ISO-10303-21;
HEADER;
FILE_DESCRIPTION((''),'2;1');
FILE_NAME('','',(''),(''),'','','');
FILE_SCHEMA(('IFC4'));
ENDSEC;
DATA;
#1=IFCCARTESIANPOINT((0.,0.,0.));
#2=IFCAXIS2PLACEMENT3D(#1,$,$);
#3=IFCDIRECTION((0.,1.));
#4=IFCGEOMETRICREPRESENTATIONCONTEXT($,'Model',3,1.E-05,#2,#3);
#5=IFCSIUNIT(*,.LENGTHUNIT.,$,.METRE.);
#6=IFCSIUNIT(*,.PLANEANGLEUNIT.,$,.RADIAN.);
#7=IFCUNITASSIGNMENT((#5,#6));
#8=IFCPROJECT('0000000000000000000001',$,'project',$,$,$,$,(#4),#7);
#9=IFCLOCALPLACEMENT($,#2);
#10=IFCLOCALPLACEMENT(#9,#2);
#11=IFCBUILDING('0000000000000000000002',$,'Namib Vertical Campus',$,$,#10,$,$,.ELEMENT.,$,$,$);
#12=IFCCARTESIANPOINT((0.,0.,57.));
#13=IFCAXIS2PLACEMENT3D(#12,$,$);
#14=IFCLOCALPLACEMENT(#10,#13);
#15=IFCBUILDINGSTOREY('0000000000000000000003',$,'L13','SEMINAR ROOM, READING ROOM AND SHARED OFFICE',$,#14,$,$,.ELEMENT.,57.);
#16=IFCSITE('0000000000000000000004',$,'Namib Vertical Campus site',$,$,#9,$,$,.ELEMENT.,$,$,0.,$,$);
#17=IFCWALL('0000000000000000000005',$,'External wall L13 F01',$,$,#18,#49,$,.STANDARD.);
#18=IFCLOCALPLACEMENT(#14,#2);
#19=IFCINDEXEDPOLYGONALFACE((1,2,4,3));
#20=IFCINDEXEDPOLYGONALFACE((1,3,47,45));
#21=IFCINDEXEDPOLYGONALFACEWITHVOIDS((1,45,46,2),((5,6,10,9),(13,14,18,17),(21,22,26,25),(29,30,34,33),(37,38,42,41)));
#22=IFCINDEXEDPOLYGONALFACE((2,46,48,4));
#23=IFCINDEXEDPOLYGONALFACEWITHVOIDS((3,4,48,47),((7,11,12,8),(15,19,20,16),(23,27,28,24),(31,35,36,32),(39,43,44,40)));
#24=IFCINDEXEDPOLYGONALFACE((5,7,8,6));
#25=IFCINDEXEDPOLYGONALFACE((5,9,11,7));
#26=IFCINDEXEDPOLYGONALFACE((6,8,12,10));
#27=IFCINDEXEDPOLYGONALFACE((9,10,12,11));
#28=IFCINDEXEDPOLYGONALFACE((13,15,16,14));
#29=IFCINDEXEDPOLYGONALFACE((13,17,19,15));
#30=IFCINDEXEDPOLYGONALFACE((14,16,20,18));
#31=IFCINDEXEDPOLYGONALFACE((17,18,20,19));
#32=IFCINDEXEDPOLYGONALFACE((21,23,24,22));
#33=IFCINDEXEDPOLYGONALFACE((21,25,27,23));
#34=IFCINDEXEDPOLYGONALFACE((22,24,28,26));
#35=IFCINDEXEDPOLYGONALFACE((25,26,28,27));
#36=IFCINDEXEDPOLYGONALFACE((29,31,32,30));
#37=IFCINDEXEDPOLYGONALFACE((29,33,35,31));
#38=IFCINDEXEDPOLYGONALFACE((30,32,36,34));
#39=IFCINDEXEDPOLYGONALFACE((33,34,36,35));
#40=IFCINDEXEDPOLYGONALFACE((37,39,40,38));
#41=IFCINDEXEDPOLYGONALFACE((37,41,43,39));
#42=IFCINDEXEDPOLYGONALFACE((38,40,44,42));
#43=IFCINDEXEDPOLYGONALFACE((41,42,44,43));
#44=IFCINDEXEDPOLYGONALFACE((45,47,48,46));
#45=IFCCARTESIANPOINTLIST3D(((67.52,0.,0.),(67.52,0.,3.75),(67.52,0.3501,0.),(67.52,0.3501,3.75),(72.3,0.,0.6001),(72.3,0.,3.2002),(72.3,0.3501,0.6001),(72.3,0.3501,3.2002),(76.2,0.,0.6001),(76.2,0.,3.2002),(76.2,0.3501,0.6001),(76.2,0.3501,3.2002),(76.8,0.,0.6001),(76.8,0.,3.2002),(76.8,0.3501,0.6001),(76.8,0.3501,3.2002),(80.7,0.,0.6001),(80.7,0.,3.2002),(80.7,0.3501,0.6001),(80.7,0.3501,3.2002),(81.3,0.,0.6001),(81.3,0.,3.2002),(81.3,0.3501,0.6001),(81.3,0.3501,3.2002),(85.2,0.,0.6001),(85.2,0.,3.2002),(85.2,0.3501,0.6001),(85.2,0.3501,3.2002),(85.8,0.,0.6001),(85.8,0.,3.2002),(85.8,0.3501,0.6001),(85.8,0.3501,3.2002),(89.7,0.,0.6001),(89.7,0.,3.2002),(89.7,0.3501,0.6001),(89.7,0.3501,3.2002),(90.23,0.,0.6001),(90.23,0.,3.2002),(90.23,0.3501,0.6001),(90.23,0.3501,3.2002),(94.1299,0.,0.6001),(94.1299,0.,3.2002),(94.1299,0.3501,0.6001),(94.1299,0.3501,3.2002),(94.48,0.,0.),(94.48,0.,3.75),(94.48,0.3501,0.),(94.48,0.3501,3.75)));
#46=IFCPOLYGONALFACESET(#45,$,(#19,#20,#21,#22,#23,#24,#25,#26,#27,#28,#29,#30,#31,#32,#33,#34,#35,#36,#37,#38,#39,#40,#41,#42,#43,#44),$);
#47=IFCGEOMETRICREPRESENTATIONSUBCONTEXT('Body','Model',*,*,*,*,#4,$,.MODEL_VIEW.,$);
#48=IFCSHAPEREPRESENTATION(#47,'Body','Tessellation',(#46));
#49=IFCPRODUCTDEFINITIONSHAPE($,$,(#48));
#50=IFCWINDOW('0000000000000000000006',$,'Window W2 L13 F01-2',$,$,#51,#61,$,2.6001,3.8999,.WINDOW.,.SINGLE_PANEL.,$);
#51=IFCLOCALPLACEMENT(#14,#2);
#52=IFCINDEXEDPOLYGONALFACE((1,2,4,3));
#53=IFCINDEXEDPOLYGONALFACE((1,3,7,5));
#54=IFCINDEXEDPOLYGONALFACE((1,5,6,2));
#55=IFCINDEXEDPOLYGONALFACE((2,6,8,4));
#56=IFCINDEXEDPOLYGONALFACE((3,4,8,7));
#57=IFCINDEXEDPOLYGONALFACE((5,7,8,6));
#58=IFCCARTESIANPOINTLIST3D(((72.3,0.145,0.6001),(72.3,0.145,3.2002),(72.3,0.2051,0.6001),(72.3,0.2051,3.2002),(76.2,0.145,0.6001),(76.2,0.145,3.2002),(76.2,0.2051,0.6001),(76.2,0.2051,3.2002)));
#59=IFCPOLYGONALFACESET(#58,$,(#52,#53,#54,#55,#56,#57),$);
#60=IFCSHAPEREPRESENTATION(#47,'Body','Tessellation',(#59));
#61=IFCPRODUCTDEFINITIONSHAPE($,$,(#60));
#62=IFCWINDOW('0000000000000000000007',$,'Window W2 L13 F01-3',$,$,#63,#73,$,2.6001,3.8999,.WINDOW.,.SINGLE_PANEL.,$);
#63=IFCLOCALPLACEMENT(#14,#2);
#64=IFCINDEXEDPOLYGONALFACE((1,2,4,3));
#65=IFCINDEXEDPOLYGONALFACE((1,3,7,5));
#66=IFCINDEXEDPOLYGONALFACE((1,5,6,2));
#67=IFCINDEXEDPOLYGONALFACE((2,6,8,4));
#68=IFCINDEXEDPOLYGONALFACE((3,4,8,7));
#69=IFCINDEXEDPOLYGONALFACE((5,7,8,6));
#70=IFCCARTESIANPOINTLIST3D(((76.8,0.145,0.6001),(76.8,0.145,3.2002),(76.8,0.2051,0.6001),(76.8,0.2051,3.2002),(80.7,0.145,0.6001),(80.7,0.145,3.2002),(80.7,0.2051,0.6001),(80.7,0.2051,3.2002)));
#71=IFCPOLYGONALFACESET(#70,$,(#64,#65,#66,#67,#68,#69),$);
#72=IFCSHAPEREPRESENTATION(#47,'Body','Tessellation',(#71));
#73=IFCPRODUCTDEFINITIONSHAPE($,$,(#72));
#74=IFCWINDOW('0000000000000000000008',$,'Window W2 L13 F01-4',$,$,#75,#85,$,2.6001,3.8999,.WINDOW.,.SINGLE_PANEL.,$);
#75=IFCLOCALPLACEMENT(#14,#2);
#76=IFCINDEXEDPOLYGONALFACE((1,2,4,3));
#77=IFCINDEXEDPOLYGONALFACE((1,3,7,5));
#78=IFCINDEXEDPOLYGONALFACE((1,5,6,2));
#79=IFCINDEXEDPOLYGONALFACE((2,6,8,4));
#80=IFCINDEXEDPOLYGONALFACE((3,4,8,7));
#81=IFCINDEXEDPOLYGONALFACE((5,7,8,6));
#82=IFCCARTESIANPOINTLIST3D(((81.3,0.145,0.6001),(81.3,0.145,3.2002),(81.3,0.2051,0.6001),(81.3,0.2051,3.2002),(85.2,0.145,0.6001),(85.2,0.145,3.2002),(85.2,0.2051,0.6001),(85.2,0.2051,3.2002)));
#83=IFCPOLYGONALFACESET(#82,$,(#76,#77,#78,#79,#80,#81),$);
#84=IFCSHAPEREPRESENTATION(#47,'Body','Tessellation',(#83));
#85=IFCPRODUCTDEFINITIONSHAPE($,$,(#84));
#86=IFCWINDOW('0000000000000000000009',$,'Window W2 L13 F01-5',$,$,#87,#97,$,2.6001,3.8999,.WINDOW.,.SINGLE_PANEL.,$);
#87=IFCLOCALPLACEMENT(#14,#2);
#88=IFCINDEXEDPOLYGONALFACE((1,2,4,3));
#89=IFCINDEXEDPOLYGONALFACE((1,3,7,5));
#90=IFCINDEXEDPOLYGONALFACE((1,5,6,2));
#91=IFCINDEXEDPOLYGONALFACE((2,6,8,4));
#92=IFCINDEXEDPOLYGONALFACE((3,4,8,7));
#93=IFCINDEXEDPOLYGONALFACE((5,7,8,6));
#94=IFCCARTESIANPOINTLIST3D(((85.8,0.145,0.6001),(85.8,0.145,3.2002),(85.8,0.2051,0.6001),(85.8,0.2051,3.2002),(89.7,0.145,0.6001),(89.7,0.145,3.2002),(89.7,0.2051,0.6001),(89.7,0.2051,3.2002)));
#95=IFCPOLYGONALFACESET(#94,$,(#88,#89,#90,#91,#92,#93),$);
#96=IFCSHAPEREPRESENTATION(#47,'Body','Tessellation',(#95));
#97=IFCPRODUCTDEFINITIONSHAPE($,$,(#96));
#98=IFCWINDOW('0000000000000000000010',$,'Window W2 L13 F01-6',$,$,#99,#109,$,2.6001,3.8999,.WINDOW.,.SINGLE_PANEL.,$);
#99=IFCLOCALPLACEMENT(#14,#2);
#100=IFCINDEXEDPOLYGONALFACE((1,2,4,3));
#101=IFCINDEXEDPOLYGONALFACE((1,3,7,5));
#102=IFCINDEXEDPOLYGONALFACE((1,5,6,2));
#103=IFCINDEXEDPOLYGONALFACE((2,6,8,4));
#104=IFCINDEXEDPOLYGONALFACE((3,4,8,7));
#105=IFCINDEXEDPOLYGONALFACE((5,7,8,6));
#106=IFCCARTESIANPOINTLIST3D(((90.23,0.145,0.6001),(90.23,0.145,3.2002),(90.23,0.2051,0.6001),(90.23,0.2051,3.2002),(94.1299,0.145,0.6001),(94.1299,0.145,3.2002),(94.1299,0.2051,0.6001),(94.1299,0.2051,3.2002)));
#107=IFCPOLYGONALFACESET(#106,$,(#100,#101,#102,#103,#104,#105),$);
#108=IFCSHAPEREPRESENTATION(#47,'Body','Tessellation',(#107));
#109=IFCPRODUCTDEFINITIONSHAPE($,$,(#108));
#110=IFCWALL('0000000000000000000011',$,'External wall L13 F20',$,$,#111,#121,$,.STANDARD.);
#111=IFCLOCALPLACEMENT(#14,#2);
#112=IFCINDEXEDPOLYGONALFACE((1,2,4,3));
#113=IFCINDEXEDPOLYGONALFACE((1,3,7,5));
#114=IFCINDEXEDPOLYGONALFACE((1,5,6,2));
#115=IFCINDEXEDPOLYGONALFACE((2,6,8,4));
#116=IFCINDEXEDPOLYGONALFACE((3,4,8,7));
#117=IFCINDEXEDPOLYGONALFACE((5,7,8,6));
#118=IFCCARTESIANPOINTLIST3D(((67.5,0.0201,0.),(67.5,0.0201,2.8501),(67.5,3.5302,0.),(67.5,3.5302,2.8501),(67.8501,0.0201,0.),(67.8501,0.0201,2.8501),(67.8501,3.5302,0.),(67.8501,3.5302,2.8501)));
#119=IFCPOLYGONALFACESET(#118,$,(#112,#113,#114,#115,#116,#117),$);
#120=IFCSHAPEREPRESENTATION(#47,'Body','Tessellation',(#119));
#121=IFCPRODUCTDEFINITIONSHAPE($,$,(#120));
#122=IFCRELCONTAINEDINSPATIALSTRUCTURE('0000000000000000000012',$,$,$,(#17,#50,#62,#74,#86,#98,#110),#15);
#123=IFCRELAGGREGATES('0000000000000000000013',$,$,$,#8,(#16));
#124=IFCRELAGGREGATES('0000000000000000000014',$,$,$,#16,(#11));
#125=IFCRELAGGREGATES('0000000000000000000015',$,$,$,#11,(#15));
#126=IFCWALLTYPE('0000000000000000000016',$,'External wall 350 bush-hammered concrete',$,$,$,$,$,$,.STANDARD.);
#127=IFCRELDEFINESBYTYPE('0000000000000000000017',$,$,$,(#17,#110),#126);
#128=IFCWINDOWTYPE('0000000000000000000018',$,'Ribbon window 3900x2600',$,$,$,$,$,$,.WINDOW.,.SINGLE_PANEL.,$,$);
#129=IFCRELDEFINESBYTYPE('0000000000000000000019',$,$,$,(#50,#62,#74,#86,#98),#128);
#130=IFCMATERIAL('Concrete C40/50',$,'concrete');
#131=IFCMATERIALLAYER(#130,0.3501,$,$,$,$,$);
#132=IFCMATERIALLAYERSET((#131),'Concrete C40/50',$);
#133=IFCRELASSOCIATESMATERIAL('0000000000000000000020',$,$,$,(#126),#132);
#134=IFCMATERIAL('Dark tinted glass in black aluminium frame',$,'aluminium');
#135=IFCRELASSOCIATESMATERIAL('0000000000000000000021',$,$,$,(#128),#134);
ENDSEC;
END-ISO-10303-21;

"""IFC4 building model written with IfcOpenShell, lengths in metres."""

from ifc_helpers import new_model, si_unit, direction, frame, frame_2d, origin, place, context, subcontext, project, spatial, rectangle, extrude, material, layer, layer_set, type_object, element, fill, save


model = new_model("IFC4")

# Units and contexts
model_context = context("Model", 3, precision=1e-05, world=origin(), true_north=direction((0.0, 1.0)))
body_context = subcontext(model_context, "Body", "Model", "MODEL_VIEW")
ifc_project = project(units=[si_unit("LENGTHUNIT", "METRE"), si_unit("PLANEANGLEUNIT", "RADIAN")], contexts=[model_context])

# Site, building, storey
site_placement = place(None, origin())
site = spatial("IfcSite", under=ifc_project, at=site_placement, Name="Namib Vertical Campus site", CompositionType="ELEMENT", RefElevation=0.0)
building_placement = place(site_placement, origin())
building = spatial("IfcBuilding", under=site, at=building_placement, Name="Namib Vertical Campus", CompositionType="ELEMENT")
storey_placement = place(building_placement, frame((0.0, 0.0, 57.0)))
storey = spatial("IfcBuildingStorey", under=building, at=storey_placement, Name="L13", Description="SEMINAR ROOM, READING ROOM AND SHARED OFFICE", CompositionType="ELEMENT", Elevation=57.0)

# Wall, openings, windows
ifc_material_1 = material(Name="Concrete C40/50", Category="concrete")
ifc_layer_1 = layer(ifc_material_1, 0.3501)
ifc_layer_set_1 = layer_set([ifc_layer_1], Name="Concrete C40/50")
wall_type_1 = type_object("IfcWallType", Name="External wall 350 bush-hammered concrete", PredefinedType="STANDARD", material=ifc_layer_set_1)
wall_1_placement = place(storey_placement, frame((67.52, 0.175, 0.0), z_axis=(0.0, 0.0, 1.0), x_axis=(1.0, 0.0, 0.0)))
wall_1 = element("IfcWall", 1, at=wall_1_placement, inside=storey, type_object=wall_type_1, Name="External wall L13 F01", PredefinedType="STANDARD", context=body_context, shape_type="SweptSolid", body=[
    extrude(rectangle(XDim=26.96, YDim=0.3501, at=frame_2d((13.48, 0.0))), origin(), (0.0, 0.0, 1.0), 3.75),
])
opening_1_placement = place(wall_1_placement, frame((4.78, 0.0, 0.6001)))
opening_1 = element("IfcOpeningElement", 2, at=opening_1_placement, cuts=wall_1, PredefinedType="OPENING", context=body_context, shape_type="SweptSolid", body=[
    extrude(rectangle(XDim=3.8999, YDim=2.6001, at=frame_2d((1.95, 1.3))), frame((0.0, 0.1851, 0.0), z_axis=(0.0, -1.0, 0.0), x_axis=(1.0, 0.0, 0.0)), (0.0, 0.0, 1.0), 0.3701),
])
opening_2_placement = place(wall_1_placement, frame((9.28, 0.0, 0.6001)))
opening_2 = element("IfcOpeningElement", 3, at=opening_2_placement, cuts=wall_1, PredefinedType="OPENING", context=body_context, shape_type="SweptSolid", body=[
    extrude(rectangle(XDim=3.8999, YDim=2.6001, at=frame_2d((1.95, 1.3))), frame((0.0, 0.1851, 0.0), z_axis=(0.0, -1.0, 0.0), x_axis=(1.0, 0.0, 0.0)), (0.0, 0.0, 1.0), 0.3701),
])
opening_3_placement = place(wall_1_placement, frame((13.78, 0.0, 0.6001)))
opening_3 = element("IfcOpeningElement", 4, at=opening_3_placement, cuts=wall_1, PredefinedType="OPENING", context=body_context, shape_type="SweptSolid", body=[
    extrude(rectangle(XDim=3.8999, YDim=2.6001, at=frame_2d((1.95, 1.3))), frame((0.0, 0.1851, 0.0), z_axis=(0.0, -1.0, 0.0), x_axis=(1.0, 0.0, 0.0)), (0.0, 0.0, 1.0), 0.3701),
])
opening_4_placement = place(wall_1_placement, frame((18.28, 0.0, 0.6001)))
opening_4 = element("IfcOpeningElement", 5, at=opening_4_placement, cuts=wall_1, PredefinedType="OPENING", context=body_context, shape_type="SweptSolid", body=[
    extrude(rectangle(XDim=3.8999, YDim=2.6001, at=frame_2d((1.95, 1.3))), frame((0.0, 0.1851, 0.0), z_axis=(0.0, -1.0, 0.0), x_axis=(1.0, 0.0, 0.0)), (0.0, 0.0, 1.0), 0.3701),
])
opening_5_placement = place(wall_1_placement, frame((22.71, 0.0, 0.6001)))
opening_5 = element("IfcOpeningElement", 6, at=opening_5_placement, cuts=wall_1, PredefinedType="OPENING", context=body_context, shape_type="SweptSolid", body=[
    extrude(rectangle(XDim=3.8999, YDim=2.6001, at=frame_2d((1.95, 1.3))), frame((0.0, 0.1851, 0.0), z_axis=(0.0, -1.0, 0.0), x_axis=(1.0, 0.0, 0.0)), (0.0, 0.0, 1.0), 0.3701),
])
ifc_material_2 = material(Name="Dark tinted glass in black aluminium frame", Category="aluminium")
window_type = type_object("IfcWindowType", Name="Ribbon window 3900x2600", PartitioningType="SINGLE_PANEL", PredefinedType="WINDOW", material=ifc_material_2)
window_1_placement = place(opening_1_placement, origin())
window_1 = element("IfcWindow", 7, at=window_1_placement, inside=storey, type_object=window_type, Name="Window W2 L13 F01-2", OverallHeight=2.6001, OverallWidth=3.8999, PartitioningType="SINGLE_PANEL", PredefinedType="WINDOW", context=body_context, shape_type="SweptSolid", body=[
    extrude(rectangle(XDim=3.8999, YDim=2.6001, at=frame_2d((1.95, 1.3))), frame((0.0, 0.03, 0.0), z_axis=(0.0, -1.0, 0.0), x_axis=(1.0, 0.0, 0.0)), (0.0, 0.0, 1.0), 0.0601),
])
fill(opening_1, window_1)
window_2_placement = place(opening_2_placement, origin())
window_2 = element("IfcWindow", 8, at=window_2_placement, inside=storey, type_object=window_type, Name="Window W2 L13 F01-3", OverallHeight=2.6001, OverallWidth=3.8999, PartitioningType="SINGLE_PANEL", PredefinedType="WINDOW", context=body_context, shape_type="SweptSolid", body=[
    extrude(rectangle(XDim=3.8999, YDim=2.6001, at=frame_2d((1.95, 1.3))), frame((0.0, 0.03, 0.0), z_axis=(0.0, -1.0, 0.0), x_axis=(1.0, 0.0, 0.0)), (0.0, 0.0, 1.0), 0.0601),
])
fill(opening_2, window_2)
window_3_placement = place(opening_3_placement, origin())
window_3 = element("IfcWindow", 9, at=window_3_placement, inside=storey, type_object=window_type, Name="Window W2 L13 F01-4", OverallHeight=2.6001, OverallWidth=3.8999, PartitioningType="SINGLE_PANEL", PredefinedType="WINDOW", context=body_context, shape_type="SweptSolid", body=[
    extrude(rectangle(XDim=3.8999, YDim=2.6001, at=frame_2d((1.95, 1.3))), frame((0.0, 0.03, 0.0), z_axis=(0.0, -1.0, 0.0), x_axis=(1.0, 0.0, 0.0)), (0.0, 0.0, 1.0), 0.0601),
])
fill(opening_3, window_3)
window_4_placement = place(opening_4_placement, origin())
window_4 = element("IfcWindow", 10, at=window_4_placement, inside=storey, type_object=window_type, Name="Window W2 L13 F01-5", OverallHeight=2.6001, OverallWidth=3.8999, PartitioningType="SINGLE_PANEL", PredefinedType="WINDOW", context=body_context, shape_type="SweptSolid", body=[
    extrude(rectangle(XDim=3.8999, YDim=2.6001, at=frame_2d((1.95, 1.3))), frame((0.0, 0.03, 0.0), z_axis=(0.0, -1.0, 0.0), x_axis=(1.0, 0.0, 0.0)), (0.0, 0.0, 1.0), 0.0601),
])
fill(opening_4, window_4)
window_5_placement = place(opening_5_placement, origin())
window_5 = element("IfcWindow", 11, at=window_5_placement, inside=storey, type_object=window_type, Name="Window W2 L13 F01-6", OverallHeight=2.6001, OverallWidth=3.8999, PartitioningType="SINGLE_PANEL", PredefinedType="WINDOW", context=body_context, shape_type="SweptSolid", body=[
    extrude(rectangle(XDim=3.8999, YDim=2.6001, at=frame_2d((1.95, 1.3))), frame((0.0, 0.03, 0.0), z_axis=(0.0, -1.0, 0.0), x_axis=(1.0, 0.0, 0.0)), (0.0, 0.0, 1.0), 0.0601),
])
fill(opening_5, window_5)

# Wall
wall_2_placement = place(storey_placement, frame((67.675, 3.53, 0.0), z_axis=(0.0, 0.0, 1.0), x_axis=(0.0, -1.0, 0.0)))
element("IfcWall", 12, at=wall_2_placement, inside=storey, type_object=wall_type_1, Name="External wall L13 F20", PredefinedType="STANDARD", context=body_context, shape_type="SweptSolid", body=[
    extrude(rectangle(XDim=3.51, YDim=0.3501, at=frame_2d((1.7549, 0.0))), origin(), (0.0, 0.0, 1.0), 2.8501),
])

save(model, "model.ifc")
